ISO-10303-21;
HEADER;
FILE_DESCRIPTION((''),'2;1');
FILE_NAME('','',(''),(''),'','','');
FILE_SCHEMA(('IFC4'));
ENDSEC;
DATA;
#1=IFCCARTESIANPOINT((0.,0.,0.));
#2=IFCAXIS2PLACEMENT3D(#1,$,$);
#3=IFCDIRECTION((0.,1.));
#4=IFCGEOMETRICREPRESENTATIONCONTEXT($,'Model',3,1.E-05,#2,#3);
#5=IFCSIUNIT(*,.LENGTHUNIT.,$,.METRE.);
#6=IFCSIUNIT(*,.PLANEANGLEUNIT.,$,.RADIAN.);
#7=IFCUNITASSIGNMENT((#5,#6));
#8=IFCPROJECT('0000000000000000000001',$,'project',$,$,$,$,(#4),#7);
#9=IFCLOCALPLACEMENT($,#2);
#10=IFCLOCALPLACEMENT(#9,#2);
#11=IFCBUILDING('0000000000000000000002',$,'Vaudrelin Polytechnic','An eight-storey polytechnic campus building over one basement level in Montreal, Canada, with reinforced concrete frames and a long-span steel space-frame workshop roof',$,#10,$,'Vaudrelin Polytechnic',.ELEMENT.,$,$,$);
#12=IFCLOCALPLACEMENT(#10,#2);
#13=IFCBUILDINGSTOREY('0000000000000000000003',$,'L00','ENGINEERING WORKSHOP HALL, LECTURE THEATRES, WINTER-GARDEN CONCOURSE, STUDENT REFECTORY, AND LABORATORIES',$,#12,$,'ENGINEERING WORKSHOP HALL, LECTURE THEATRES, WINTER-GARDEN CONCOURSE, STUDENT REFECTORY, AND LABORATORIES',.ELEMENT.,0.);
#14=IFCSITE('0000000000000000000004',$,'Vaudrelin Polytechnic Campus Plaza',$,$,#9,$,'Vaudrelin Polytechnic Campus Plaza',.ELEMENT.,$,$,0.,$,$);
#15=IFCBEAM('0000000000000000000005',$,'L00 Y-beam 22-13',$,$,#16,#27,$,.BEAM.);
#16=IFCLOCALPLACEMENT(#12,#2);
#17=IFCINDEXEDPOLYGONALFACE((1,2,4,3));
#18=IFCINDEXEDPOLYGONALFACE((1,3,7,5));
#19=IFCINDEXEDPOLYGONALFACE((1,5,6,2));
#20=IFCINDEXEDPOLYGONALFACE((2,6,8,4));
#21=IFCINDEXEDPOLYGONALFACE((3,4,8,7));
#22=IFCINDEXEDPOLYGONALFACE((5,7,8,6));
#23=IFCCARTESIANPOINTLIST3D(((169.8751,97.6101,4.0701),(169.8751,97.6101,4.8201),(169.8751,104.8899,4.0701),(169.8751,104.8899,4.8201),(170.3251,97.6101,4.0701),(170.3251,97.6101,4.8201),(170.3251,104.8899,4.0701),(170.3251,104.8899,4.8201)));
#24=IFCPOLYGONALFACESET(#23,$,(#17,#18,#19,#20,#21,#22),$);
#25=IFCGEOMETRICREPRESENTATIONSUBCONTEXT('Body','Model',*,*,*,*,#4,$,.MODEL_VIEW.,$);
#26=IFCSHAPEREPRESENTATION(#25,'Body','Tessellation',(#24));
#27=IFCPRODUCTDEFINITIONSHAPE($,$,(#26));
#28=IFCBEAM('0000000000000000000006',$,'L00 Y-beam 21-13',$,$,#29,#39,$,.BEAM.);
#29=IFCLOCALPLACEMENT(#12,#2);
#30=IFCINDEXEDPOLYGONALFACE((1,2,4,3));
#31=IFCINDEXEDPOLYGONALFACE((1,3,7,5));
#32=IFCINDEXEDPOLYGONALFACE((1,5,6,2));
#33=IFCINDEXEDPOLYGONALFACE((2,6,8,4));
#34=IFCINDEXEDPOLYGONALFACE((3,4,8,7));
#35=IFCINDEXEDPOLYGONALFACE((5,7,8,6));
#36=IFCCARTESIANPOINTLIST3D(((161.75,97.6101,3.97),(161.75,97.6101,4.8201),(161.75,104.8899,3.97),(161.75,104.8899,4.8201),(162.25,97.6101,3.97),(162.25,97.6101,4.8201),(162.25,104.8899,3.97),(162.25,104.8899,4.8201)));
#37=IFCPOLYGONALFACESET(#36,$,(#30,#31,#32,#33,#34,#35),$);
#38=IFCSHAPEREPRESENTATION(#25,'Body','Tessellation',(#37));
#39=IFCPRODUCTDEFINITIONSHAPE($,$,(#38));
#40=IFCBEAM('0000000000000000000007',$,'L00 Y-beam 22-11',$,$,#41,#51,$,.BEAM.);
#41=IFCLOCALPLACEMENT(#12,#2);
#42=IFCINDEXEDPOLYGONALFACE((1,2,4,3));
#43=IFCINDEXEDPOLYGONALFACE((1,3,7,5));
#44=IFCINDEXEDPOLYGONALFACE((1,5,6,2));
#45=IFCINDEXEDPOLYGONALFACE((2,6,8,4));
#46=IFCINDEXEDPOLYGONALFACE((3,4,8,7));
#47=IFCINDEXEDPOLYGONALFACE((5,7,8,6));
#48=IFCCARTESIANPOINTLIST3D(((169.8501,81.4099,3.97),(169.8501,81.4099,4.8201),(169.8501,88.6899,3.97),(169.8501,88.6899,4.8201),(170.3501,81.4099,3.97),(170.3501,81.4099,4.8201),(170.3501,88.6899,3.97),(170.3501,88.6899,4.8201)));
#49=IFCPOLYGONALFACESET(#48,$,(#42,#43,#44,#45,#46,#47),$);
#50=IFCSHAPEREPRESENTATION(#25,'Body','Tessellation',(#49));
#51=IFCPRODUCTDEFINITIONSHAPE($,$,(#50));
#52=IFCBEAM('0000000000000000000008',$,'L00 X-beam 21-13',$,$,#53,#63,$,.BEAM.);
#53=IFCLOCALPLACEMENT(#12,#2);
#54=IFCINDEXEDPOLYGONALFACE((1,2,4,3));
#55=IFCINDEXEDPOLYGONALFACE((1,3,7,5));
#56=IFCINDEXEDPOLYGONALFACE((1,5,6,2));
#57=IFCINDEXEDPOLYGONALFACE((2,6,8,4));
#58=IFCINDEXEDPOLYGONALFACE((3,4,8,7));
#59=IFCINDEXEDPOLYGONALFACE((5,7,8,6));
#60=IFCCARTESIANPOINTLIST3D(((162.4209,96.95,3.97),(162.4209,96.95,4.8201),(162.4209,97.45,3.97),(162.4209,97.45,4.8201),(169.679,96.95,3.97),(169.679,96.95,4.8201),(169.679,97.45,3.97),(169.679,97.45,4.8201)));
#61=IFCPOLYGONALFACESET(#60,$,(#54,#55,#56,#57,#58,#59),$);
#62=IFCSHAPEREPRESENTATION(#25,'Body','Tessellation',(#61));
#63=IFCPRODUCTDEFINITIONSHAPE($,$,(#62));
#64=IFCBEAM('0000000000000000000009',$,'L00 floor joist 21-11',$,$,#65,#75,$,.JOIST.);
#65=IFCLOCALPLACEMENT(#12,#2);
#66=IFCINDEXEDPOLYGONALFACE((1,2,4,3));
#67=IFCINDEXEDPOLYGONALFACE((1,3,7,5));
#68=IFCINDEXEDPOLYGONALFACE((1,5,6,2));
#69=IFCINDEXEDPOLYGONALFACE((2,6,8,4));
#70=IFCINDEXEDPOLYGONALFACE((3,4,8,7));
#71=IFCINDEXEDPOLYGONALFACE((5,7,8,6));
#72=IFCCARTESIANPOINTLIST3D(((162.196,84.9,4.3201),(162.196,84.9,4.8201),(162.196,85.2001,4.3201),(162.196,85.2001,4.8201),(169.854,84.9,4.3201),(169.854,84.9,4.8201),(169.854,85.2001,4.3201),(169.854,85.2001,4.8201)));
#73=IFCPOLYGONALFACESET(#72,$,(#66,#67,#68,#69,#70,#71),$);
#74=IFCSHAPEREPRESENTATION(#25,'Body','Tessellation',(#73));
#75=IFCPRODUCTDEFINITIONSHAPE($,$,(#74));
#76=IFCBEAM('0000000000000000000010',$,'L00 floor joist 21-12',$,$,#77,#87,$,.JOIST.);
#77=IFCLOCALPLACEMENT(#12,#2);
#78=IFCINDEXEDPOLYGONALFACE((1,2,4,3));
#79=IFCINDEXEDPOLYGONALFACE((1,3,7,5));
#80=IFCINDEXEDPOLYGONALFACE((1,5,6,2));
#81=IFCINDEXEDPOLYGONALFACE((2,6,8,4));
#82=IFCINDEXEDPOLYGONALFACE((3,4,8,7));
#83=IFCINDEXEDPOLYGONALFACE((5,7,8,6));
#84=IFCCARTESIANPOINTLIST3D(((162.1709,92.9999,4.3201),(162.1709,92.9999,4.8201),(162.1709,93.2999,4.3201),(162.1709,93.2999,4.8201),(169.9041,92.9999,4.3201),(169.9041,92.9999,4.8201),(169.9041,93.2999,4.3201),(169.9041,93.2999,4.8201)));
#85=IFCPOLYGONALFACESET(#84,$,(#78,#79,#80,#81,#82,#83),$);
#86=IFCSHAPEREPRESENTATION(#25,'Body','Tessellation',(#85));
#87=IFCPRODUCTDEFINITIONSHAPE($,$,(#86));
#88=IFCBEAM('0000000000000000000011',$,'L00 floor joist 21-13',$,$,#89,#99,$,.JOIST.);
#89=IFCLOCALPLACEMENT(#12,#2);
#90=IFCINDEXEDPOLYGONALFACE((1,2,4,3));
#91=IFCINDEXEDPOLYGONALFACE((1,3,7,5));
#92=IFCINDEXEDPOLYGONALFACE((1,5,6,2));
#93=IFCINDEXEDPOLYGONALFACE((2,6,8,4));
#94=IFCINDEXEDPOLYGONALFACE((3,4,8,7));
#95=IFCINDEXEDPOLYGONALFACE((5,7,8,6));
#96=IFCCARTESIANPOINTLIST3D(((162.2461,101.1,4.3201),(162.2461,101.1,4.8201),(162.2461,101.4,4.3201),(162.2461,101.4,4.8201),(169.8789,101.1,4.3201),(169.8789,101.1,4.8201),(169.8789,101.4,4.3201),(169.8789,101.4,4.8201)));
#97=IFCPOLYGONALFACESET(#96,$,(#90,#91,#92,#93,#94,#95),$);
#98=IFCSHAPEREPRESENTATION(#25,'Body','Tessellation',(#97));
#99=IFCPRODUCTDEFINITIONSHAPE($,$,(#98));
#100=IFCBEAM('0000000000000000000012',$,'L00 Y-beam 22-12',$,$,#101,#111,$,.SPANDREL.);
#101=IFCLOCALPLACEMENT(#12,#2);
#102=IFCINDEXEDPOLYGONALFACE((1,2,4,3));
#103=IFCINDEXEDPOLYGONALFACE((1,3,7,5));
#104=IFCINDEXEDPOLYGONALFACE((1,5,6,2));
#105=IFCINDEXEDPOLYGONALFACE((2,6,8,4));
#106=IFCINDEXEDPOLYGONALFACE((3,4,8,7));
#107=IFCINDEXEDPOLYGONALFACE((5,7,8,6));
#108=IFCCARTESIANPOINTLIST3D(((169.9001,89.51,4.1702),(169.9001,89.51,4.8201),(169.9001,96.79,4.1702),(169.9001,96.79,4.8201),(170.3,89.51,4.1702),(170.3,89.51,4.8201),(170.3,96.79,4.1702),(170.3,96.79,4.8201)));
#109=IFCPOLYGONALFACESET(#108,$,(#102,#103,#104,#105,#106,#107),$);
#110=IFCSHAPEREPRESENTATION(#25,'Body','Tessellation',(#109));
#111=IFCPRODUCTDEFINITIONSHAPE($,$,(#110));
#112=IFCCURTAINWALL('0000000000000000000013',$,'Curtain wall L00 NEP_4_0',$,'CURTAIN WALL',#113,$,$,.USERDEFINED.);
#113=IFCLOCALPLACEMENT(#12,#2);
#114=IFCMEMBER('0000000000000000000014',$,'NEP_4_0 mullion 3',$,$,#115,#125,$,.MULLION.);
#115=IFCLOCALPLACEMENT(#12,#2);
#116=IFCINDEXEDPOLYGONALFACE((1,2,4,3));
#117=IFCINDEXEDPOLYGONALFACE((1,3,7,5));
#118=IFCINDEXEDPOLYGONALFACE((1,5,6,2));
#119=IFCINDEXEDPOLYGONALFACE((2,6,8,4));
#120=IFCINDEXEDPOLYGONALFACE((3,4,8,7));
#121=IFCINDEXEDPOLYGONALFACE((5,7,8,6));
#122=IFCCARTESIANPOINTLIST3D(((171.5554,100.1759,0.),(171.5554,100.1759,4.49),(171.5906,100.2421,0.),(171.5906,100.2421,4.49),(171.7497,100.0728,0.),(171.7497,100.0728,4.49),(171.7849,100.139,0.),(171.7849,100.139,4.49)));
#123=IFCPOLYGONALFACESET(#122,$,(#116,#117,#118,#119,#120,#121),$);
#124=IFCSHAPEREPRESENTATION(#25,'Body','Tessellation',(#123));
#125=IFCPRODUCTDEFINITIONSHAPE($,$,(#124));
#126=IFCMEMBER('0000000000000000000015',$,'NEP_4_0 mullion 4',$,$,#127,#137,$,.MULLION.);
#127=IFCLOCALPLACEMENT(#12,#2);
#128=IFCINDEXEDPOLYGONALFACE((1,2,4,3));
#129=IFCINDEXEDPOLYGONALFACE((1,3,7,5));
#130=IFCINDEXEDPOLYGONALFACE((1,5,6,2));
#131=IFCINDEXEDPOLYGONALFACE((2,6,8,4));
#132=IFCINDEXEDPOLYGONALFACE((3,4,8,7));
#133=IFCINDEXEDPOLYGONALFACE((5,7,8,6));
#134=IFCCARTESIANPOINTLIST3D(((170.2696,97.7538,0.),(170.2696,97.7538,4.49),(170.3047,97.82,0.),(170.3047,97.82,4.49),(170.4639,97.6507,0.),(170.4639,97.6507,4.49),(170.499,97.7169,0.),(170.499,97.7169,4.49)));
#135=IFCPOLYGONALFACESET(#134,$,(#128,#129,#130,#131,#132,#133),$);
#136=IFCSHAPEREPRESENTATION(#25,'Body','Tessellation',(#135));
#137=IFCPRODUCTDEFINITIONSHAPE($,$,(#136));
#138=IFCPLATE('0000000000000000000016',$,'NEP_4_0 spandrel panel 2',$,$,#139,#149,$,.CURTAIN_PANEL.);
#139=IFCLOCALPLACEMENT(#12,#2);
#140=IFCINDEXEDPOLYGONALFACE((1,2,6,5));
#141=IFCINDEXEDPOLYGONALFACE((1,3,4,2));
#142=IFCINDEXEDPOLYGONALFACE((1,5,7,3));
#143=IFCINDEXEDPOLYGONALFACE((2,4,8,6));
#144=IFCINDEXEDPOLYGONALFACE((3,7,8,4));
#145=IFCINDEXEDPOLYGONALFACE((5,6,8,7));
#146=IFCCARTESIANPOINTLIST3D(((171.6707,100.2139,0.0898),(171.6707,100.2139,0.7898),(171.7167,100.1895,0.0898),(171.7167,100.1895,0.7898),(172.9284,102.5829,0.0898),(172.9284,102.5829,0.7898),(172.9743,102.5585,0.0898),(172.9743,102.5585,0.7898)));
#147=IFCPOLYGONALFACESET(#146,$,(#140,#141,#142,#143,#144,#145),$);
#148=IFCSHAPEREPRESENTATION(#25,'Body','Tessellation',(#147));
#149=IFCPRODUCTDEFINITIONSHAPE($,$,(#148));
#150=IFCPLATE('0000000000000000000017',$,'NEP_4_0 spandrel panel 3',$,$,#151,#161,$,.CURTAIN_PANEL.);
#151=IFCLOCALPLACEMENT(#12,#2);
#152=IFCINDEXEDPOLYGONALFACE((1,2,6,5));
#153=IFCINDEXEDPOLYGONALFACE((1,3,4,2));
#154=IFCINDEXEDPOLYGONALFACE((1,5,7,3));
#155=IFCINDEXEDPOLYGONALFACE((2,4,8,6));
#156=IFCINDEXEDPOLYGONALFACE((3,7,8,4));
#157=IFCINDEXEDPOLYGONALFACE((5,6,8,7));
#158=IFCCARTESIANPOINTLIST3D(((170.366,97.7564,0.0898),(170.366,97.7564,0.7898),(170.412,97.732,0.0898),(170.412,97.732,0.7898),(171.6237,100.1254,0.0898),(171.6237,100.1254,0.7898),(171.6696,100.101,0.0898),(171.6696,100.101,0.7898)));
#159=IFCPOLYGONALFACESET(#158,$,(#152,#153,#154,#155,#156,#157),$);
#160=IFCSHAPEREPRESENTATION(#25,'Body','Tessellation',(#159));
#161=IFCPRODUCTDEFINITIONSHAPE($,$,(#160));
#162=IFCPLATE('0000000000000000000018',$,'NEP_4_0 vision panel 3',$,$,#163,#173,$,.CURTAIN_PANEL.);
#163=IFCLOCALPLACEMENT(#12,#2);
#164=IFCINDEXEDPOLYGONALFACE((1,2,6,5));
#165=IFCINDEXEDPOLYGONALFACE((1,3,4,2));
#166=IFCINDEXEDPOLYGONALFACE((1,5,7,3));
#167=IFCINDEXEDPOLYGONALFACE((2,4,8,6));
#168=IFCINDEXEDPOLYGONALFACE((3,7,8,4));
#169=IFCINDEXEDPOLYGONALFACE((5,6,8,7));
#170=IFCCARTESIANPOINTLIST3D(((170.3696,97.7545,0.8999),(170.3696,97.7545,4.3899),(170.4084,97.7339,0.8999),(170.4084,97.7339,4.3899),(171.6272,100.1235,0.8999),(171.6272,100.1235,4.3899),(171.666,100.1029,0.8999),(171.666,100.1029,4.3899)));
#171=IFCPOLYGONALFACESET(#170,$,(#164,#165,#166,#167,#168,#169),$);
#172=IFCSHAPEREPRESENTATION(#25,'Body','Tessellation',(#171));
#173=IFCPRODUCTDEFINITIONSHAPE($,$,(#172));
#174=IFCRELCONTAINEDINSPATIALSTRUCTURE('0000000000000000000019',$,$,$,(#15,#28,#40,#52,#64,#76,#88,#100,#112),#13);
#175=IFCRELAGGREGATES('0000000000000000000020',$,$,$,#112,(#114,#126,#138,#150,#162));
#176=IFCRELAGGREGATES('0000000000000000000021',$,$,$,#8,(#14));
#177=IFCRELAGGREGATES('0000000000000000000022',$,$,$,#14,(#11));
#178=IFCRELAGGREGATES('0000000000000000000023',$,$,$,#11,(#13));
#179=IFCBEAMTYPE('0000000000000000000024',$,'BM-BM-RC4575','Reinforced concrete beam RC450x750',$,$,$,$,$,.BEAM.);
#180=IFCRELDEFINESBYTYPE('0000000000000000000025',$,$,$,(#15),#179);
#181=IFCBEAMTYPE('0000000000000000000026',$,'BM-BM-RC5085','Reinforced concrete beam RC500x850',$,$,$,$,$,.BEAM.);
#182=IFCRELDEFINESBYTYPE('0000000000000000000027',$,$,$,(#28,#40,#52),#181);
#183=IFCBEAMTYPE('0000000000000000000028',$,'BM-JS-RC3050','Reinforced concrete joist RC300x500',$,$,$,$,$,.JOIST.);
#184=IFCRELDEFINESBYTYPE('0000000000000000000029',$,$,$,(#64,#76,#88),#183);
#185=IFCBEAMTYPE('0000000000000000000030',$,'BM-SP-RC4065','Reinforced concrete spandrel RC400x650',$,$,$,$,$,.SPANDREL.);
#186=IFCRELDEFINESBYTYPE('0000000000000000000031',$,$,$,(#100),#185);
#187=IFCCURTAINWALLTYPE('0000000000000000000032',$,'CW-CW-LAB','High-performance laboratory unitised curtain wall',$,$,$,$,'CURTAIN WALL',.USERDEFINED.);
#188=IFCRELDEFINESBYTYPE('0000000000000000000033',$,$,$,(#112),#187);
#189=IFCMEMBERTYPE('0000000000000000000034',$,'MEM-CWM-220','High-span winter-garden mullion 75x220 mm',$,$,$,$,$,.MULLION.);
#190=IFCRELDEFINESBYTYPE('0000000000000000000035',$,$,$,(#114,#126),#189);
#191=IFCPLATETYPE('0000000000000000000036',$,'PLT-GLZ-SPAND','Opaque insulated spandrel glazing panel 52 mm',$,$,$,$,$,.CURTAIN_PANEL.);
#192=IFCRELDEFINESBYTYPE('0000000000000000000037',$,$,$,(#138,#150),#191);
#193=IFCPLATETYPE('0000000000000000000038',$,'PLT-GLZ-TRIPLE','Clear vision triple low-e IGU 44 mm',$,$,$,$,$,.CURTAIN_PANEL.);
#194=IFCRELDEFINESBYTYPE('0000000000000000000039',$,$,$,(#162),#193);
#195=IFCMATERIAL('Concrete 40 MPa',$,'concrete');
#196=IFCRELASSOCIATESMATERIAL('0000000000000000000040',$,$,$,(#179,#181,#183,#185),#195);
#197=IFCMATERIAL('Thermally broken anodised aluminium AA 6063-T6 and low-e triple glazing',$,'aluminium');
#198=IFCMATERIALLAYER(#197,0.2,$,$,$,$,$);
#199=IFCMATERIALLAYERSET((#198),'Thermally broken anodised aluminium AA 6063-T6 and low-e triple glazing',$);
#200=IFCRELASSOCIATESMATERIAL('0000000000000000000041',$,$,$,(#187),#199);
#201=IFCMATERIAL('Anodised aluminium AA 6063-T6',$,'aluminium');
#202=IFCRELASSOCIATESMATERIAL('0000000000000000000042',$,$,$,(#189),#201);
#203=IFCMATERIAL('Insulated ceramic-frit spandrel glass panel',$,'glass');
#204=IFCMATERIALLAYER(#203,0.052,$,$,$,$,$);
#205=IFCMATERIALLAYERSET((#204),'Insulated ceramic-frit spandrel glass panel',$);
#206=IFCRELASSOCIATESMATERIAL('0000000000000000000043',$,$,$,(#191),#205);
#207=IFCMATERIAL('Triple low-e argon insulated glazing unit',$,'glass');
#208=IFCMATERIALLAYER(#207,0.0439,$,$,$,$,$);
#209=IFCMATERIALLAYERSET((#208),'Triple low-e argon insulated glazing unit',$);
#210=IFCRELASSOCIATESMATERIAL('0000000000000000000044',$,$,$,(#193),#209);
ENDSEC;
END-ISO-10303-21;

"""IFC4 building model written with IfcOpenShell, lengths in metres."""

from ifc_helpers import new_model, si_unit, direction, frame, origin, origin_2d, place, context, subcontext, project, spatial, rectangle, extrude, material, layer, layer_set, material_profile, profile_set, type_object, element, aggregate, save


model = new_model("IFC4")

# Units and contexts
model_context = context("Model", 3, precision=1e-05, world=origin(), true_north=direction((0.0, 1.0)))
body_context = subcontext(model_context, "Body", "Model", "MODEL_VIEW")
ifc_project = project(units=[si_unit("LENGTHUNIT", "METRE"), si_unit("PLANEANGLEUNIT", "RADIAN")], contexts=[model_context])

# Site, building, storey
site_placement = place(None, origin())
site = spatial("IfcSite", under=ifc_project, at=site_placement, Name="Vaudrelin Polytechnic Campus Plaza", LongName="Vaudrelin Polytechnic Campus Plaza", CompositionType="ELEMENT", RefElevation=0.0)
building_placement = place(site_placement, origin())
building = spatial("IfcBuilding", under=site, at=building_placement, Name="Vaudrelin Polytechnic", Description="An eight-storey polytechnic campus building over one basement level in Montreal, Canada, with reinforced concrete frames and a long-span steel space-frame workshop roof", LongName="Vaudrelin Polytechnic", CompositionType="ELEMENT")
storey_placement = place(building_placement, origin())
storey = spatial("IfcBuildingStorey", under=building, at=storey_placement, Name="L00", Description="ENGINEERING WORKSHOP HALL, LECTURE THEATRES, WINTER-GARDEN CONCOURSE, STUDENT REFECTORY, AND LABORATORIES", LongName="ENGINEERING WORKSHOP HALL, LECTURE THEATRES, WINTER-GARDEN CONCOURSE, STUDENT REFECTORY, AND LABORATORIES", CompositionType="ELEMENT", Elevation=0.0)

# Beams
ifc_material_1 = material(Name="Concrete 40 MPa", Category="concrete")
ifc_material_profile_1 = material_profile(ifc_material_1, rectangle(XDim=0.45, YDim=0.75, at=origin_2d()), Name="RC450x750")
ifc_profile_set_1 = profile_set([ifc_material_profile_1], Name="Concrete 40 MPa")
beam_type_1 = type_object("IfcBeamType", Name="BM-BM-RC4575", Description="Reinforced concrete beam RC450x750", PredefinedType="BEAM", material=ifc_profile_set_1)
beam_1_placement = place(storey_placement, frame((170.1001, 97.6101, 4.4451), z_axis=(0.0, 1.0, 0.0), x_axis=(-1.0, 0.0, 0.0)))
element("IfcBeam", 1, at=beam_1_placement, inside=storey, type_object=beam_type_1, Name="L00 Y-beam 22-13", PredefinedType="BEAM", context=body_context, shape_type="SweptSolid", body=[
    extrude(rectangle(XDim=0.45, YDim=0.75, at=origin_2d()), origin(), (0.0, 0.0, 1.0), 7.2798),
])
ifc_material_profile_2 = material_profile(ifc_material_1, rectangle(XDim=0.5, YDim=0.8501, at=origin_2d()), Name="RC500x850")
ifc_profile_set_2 = profile_set([ifc_material_profile_2], Name="Concrete 40 MPa")
beam_type_2 = type_object("IfcBeamType", Name="BM-BM-RC5085", Description="Reinforced concrete beam RC500x850", PredefinedType="BEAM", material=ifc_profile_set_2)
beam_2_placement = place(storey_placement, frame((162.0, 97.6101, 4.395), z_axis=(0.0, 1.0, 0.0), x_axis=(-1.0, 0.0, 0.0)))
element("IfcBeam", 2, at=beam_2_placement, inside=storey, type_object=beam_type_2, Name="L00 Y-beam 21-13", PredefinedType="BEAM", context=body_context, shape_type="SweptSolid", body=[
    extrude(rectangle(XDim=0.5, YDim=0.8501, at=origin_2d()), origin(), (0.0, 0.0, 1.0), 7.2798),
])
beam_3_placement = place(storey_placement, frame((170.1001, 81.4099, 4.395), z_axis=(0.0, 1.0, 0.0), x_axis=(-1.0, 0.0, 0.0)))
element("IfcBeam", 3, at=beam_3_placement, inside=storey, type_object=beam_type_2, Name="L00 Y-beam 22-11", PredefinedType="BEAM", context=body_context, shape_type="SweptSolid", body=[
    extrude(rectangle(XDim=0.5, YDim=0.8501, at=origin_2d()), origin(), (0.0, 0.0, 1.0), 7.28),
])
beam_4_placement = place(storey_placement, frame((162.4209, 97.2, 4.395), z_axis=(1.0, 0.0, 0.0), x_axis=(0.0, 1.0, 0.0)))
element("IfcBeam", 4, at=beam_4_placement, inside=storey, type_object=beam_type_2, Name="L00 X-beam 21-13", PredefinedType="BEAM", context=body_context, shape_type="SweptSolid", body=[
    extrude(rectangle(XDim=0.5, YDim=0.8501, at=origin_2d()), origin(), (0.0, 0.0, 1.0), 7.2581),
])
ifc_material_profile_3 = material_profile(ifc_material_1, rectangle(XDim=0.3, YDim=0.5, at=origin_2d()), Name="RC300x500")
ifc_profile_set_3 = profile_set([ifc_material_profile_3], Name="Concrete 40 MPa")
beam_type_3 = type_object("IfcBeamType", Name="BM-JS-RC3050", Description="Reinforced concrete joist RC300x500", PredefinedType="JOIST", material=ifc_profile_set_3)
beam_5_placement = place(storey_placement, frame((162.196, 85.05, 4.5701), z_axis=(1.0, 0.0, 0.0), x_axis=(0.0, 1.0, 0.0)))
element("IfcBeam", 5, at=beam_5_placement, inside=storey, type_object=beam_type_3, Name="L00 floor joist 21-11", PredefinedType="JOIST", context=body_context, shape_type="SweptSolid", body=[
    extrude(rectangle(XDim=0.3, YDim=0.5, at=origin_2d()), origin(), (0.0, 0.0, 1.0), 7.658),
])
beam_6_placement = place(storey_placement, frame((162.1709, 93.1499, 4.5701), z_axis=(1.0, 0.0, 0.0), x_axis=(0.0, 1.0, 0.0)))
element("IfcBeam", 6, at=beam_6_placement, inside=storey, type_object=beam_type_3, Name="L00 floor joist 21-12", PredefinedType="JOIST", context=body_context, shape_type="SweptSolid", body=[
    extrude(rectangle(XDim=0.3, YDim=0.5, at=origin_2d()), origin(), (0.0, 0.0, 1.0), 7.7332),
])
beam_7_placement = place(storey_placement, frame((162.2461, 101.25, 4.5701), z_axis=(1.0, 0.0, 0.0), x_axis=(0.0, 1.0, 0.0)))
element("IfcBeam", 7, at=beam_7_placement, inside=storey, type_object=beam_type_3, Name="L00 floor joist 21-13", PredefinedType="JOIST", context=body_context, shape_type="SweptSolid", body=[
    extrude(rectangle(XDim=0.3, YDim=0.5, at=origin_2d()), origin(), (0.0, 0.0, 1.0), 7.6328),
])
ifc_material_profile_4 = material_profile(ifc_material_1, rectangle(XDim=0.3999, YDim=0.6499, at=origin_2d()), Name="RC400x650")
ifc_profile_set_4 = profile_set([ifc_material_profile_4], Name="Concrete 40 MPa")
beam_type_4 = type_object("IfcBeamType", Name="BM-SP-RC4065", Description="Reinforced concrete spandrel RC400x650", PredefinedType="SPANDREL", material=ifc_profile_set_4)
beam_8_placement = place(storey_placement, frame((170.1001, 89.51, 4.4951), z_axis=(0.0, 1.0, 0.0), x_axis=(-1.0, 0.0, 0.0)))
element("IfcBeam", 8, at=beam_8_placement, inside=storey, type_object=beam_type_4, Name="L00 Y-beam 22-12", PredefinedType="SPANDREL", context=body_context, shape_type="SweptSolid", body=[
    extrude(rectangle(XDim=0.3999, YDim=0.6499, at=origin_2d()), origin(), (0.0, 0.0, 1.0), 7.28),
])

# Curtain wall, members, plates
ifc_material_2 = material(Name="Thermally broken anodised aluminium AA 6063-T6 and low-e triple glazing", Category="aluminium")
ifc_layer_1 = layer(ifc_material_2, 0.2)
ifc_layer_set_1 = layer_set([ifc_layer_1], Name="Thermally broken anodised aluminium AA 6063-T6 and low-e triple glazing")
curtain_wall_type = type_object("IfcCurtainWallType", Name="CW-CW-LAB", Description="High-performance laboratory unitised curtain wall", ElementType="CURTAIN WALL", PredefinedType="USERDEFINED", material=ifc_layer_set_1)
curtain_wall_placement = place(storey_placement, origin())
curtain_wall = element("IfcCurtainWall", 9, at=curtain_wall_placement, inside=storey, type_object=curtain_wall_type, Name="Curtain wall L00 NEP_4_0", ObjectType="CURTAIN WALL", PredefinedType="USERDEFINED")
ifc_material_3 = material(Name="Anodised aluminium AA 6063-T6", Category="aluminium")
ifc_material_profile_5 = material_profile(ifc_material_3, rectangle(XDim=0.075, YDim=0.22, at=origin_2d()), Name="CWM-75x220")
ifc_profile_set_5 = profile_set([ifc_material_profile_5], Name="Anodised aluminium AA 6063-T6")
member_type = type_object("IfcMemberType", Name="MEM-CWM-220", Description="High-span winter-garden mullion 75x220 mm", PredefinedType="MULLION", material=ifc_profile_set_5)
member_1_placement = place(storey_placement, frame((171.6702, 100.1575, 0.0), z_axis=(0.0, 0.0, 1.0), x_axis=(-0.46889, -0.883256, 0.0)))
member_1 = element("IfcMember", 10, at=member_1_placement, type_object=member_type, Name="NEP_4_0 mullion 3", PredefinedType="MULLION", context=body_context, shape_type="SweptSolid", body=[
    extrude(rectangle(XDim=0.075, YDim=0.22, at=origin_2d()), origin(), (0.0, 0.0, 1.0), 4.49),
])
member_2_placement = place(storey_placement, frame((170.3843, 97.7354, 0.0), z_axis=(0.0, 0.0, 1.0), x_axis=(-0.46889, -0.883256, 0.0)))
member_2 = element("IfcMember", 11, at=member_2_placement, type_object=member_type, Name="NEP_4_0 mullion 4", PredefinedType="MULLION", context=body_context, shape_type="SweptSolid", body=[
    extrude(rectangle(XDim=0.075, YDim=0.22, at=origin_2d()), origin(), (0.0, 0.0, 1.0), 4.49),
])
ifc_material_4 = material(Name="Insulated ceramic-frit spandrel glass panel", Category="glass")
ifc_layer_2 = layer(ifc_material_4, 0.052)
ifc_layer_set_2 = layer_set([ifc_layer_2], Name="Insulated ceramic-frit spandrel glass panel")
plate_type_1 = type_object("IfcPlateType", Name="PLT-GLZ-SPAND", Description="Opaque insulated spandrel glazing panel 52 mm", PredefinedType="CURTAIN_PANEL", material=ifc_layer_set_2)
plate_1_placement = place(storey_placement, frame((172.3225, 101.3862, 0.0898), z_axis=(0.0, 0.0, 1.0), x_axis=(-0.46889, -0.883256, 0.0)))
plate_1 = element("IfcPlate", 12, at=plate_1_placement, type_object=plate_type_1, Name="NEP_4_0 spandrel panel 2", PredefinedType="CURTAIN_PANEL", context=body_context, shape_type="SweptSolid", body=[
    extrude(rectangle(XDim=2.6821, YDim=0.052, at=origin_2d()), origin(), (0.0, 0.0, 1.0), 0.7),
])
plate_2_placement = place(storey_placement, frame((171.0178, 98.9287, 0.0898), z_axis=(0.0, 0.0, 1.0), x_axis=(-0.46889, -0.883256, 0.0)))
plate_2 = element("IfcPlate", 13, at=plate_2_placement, type_object=plate_type_1, Name="NEP_4_0 spandrel panel 3", PredefinedType="CURTAIN_PANEL", context=body_context, shape_type="SweptSolid", body=[
    extrude(rectangle(XDim=2.6821, YDim=0.052, at=origin_2d()), origin(), (0.0, 0.0, 1.0), 0.7),
])
ifc_material_5 = material(Name="Triple low-e argon insulated glazing unit", Category="glass")
ifc_layer_3 = layer(ifc_material_5, 0.0439)
ifc_layer_set_3 = layer_set([ifc_layer_3], Name="Triple low-e argon insulated glazing unit")
plate_type_2 = type_object("IfcPlateType", Name="PLT-GLZ-TRIPLE", Description="Clear vision triple low-e IGU 44 mm", PredefinedType="CURTAIN_PANEL", material=ifc_layer_set_3)
plate_3_placement = place(storey_placement, frame((171.0178, 98.9287, 0.8999), z_axis=(0.0, 0.0, 1.0), x_axis=(-0.46889, -0.883256, 0.0)))
plate_3 = element("IfcPlate", 14, at=plate_3_placement, type_object=plate_type_2, Name="NEP_4_0 vision panel 3", PredefinedType="CURTAIN_PANEL", context=body_context, shape_type="SweptSolid", body=[
    extrude(rectangle(XDim=2.6821, YDim=0.0439, at=origin_2d()), origin(), (0.0, 0.0, 1.0), 3.49),
])
aggregate(curtain_wall, [member_1, member_2, plate_1, plate_2, plate_3])

save(model, "model.ifc")
